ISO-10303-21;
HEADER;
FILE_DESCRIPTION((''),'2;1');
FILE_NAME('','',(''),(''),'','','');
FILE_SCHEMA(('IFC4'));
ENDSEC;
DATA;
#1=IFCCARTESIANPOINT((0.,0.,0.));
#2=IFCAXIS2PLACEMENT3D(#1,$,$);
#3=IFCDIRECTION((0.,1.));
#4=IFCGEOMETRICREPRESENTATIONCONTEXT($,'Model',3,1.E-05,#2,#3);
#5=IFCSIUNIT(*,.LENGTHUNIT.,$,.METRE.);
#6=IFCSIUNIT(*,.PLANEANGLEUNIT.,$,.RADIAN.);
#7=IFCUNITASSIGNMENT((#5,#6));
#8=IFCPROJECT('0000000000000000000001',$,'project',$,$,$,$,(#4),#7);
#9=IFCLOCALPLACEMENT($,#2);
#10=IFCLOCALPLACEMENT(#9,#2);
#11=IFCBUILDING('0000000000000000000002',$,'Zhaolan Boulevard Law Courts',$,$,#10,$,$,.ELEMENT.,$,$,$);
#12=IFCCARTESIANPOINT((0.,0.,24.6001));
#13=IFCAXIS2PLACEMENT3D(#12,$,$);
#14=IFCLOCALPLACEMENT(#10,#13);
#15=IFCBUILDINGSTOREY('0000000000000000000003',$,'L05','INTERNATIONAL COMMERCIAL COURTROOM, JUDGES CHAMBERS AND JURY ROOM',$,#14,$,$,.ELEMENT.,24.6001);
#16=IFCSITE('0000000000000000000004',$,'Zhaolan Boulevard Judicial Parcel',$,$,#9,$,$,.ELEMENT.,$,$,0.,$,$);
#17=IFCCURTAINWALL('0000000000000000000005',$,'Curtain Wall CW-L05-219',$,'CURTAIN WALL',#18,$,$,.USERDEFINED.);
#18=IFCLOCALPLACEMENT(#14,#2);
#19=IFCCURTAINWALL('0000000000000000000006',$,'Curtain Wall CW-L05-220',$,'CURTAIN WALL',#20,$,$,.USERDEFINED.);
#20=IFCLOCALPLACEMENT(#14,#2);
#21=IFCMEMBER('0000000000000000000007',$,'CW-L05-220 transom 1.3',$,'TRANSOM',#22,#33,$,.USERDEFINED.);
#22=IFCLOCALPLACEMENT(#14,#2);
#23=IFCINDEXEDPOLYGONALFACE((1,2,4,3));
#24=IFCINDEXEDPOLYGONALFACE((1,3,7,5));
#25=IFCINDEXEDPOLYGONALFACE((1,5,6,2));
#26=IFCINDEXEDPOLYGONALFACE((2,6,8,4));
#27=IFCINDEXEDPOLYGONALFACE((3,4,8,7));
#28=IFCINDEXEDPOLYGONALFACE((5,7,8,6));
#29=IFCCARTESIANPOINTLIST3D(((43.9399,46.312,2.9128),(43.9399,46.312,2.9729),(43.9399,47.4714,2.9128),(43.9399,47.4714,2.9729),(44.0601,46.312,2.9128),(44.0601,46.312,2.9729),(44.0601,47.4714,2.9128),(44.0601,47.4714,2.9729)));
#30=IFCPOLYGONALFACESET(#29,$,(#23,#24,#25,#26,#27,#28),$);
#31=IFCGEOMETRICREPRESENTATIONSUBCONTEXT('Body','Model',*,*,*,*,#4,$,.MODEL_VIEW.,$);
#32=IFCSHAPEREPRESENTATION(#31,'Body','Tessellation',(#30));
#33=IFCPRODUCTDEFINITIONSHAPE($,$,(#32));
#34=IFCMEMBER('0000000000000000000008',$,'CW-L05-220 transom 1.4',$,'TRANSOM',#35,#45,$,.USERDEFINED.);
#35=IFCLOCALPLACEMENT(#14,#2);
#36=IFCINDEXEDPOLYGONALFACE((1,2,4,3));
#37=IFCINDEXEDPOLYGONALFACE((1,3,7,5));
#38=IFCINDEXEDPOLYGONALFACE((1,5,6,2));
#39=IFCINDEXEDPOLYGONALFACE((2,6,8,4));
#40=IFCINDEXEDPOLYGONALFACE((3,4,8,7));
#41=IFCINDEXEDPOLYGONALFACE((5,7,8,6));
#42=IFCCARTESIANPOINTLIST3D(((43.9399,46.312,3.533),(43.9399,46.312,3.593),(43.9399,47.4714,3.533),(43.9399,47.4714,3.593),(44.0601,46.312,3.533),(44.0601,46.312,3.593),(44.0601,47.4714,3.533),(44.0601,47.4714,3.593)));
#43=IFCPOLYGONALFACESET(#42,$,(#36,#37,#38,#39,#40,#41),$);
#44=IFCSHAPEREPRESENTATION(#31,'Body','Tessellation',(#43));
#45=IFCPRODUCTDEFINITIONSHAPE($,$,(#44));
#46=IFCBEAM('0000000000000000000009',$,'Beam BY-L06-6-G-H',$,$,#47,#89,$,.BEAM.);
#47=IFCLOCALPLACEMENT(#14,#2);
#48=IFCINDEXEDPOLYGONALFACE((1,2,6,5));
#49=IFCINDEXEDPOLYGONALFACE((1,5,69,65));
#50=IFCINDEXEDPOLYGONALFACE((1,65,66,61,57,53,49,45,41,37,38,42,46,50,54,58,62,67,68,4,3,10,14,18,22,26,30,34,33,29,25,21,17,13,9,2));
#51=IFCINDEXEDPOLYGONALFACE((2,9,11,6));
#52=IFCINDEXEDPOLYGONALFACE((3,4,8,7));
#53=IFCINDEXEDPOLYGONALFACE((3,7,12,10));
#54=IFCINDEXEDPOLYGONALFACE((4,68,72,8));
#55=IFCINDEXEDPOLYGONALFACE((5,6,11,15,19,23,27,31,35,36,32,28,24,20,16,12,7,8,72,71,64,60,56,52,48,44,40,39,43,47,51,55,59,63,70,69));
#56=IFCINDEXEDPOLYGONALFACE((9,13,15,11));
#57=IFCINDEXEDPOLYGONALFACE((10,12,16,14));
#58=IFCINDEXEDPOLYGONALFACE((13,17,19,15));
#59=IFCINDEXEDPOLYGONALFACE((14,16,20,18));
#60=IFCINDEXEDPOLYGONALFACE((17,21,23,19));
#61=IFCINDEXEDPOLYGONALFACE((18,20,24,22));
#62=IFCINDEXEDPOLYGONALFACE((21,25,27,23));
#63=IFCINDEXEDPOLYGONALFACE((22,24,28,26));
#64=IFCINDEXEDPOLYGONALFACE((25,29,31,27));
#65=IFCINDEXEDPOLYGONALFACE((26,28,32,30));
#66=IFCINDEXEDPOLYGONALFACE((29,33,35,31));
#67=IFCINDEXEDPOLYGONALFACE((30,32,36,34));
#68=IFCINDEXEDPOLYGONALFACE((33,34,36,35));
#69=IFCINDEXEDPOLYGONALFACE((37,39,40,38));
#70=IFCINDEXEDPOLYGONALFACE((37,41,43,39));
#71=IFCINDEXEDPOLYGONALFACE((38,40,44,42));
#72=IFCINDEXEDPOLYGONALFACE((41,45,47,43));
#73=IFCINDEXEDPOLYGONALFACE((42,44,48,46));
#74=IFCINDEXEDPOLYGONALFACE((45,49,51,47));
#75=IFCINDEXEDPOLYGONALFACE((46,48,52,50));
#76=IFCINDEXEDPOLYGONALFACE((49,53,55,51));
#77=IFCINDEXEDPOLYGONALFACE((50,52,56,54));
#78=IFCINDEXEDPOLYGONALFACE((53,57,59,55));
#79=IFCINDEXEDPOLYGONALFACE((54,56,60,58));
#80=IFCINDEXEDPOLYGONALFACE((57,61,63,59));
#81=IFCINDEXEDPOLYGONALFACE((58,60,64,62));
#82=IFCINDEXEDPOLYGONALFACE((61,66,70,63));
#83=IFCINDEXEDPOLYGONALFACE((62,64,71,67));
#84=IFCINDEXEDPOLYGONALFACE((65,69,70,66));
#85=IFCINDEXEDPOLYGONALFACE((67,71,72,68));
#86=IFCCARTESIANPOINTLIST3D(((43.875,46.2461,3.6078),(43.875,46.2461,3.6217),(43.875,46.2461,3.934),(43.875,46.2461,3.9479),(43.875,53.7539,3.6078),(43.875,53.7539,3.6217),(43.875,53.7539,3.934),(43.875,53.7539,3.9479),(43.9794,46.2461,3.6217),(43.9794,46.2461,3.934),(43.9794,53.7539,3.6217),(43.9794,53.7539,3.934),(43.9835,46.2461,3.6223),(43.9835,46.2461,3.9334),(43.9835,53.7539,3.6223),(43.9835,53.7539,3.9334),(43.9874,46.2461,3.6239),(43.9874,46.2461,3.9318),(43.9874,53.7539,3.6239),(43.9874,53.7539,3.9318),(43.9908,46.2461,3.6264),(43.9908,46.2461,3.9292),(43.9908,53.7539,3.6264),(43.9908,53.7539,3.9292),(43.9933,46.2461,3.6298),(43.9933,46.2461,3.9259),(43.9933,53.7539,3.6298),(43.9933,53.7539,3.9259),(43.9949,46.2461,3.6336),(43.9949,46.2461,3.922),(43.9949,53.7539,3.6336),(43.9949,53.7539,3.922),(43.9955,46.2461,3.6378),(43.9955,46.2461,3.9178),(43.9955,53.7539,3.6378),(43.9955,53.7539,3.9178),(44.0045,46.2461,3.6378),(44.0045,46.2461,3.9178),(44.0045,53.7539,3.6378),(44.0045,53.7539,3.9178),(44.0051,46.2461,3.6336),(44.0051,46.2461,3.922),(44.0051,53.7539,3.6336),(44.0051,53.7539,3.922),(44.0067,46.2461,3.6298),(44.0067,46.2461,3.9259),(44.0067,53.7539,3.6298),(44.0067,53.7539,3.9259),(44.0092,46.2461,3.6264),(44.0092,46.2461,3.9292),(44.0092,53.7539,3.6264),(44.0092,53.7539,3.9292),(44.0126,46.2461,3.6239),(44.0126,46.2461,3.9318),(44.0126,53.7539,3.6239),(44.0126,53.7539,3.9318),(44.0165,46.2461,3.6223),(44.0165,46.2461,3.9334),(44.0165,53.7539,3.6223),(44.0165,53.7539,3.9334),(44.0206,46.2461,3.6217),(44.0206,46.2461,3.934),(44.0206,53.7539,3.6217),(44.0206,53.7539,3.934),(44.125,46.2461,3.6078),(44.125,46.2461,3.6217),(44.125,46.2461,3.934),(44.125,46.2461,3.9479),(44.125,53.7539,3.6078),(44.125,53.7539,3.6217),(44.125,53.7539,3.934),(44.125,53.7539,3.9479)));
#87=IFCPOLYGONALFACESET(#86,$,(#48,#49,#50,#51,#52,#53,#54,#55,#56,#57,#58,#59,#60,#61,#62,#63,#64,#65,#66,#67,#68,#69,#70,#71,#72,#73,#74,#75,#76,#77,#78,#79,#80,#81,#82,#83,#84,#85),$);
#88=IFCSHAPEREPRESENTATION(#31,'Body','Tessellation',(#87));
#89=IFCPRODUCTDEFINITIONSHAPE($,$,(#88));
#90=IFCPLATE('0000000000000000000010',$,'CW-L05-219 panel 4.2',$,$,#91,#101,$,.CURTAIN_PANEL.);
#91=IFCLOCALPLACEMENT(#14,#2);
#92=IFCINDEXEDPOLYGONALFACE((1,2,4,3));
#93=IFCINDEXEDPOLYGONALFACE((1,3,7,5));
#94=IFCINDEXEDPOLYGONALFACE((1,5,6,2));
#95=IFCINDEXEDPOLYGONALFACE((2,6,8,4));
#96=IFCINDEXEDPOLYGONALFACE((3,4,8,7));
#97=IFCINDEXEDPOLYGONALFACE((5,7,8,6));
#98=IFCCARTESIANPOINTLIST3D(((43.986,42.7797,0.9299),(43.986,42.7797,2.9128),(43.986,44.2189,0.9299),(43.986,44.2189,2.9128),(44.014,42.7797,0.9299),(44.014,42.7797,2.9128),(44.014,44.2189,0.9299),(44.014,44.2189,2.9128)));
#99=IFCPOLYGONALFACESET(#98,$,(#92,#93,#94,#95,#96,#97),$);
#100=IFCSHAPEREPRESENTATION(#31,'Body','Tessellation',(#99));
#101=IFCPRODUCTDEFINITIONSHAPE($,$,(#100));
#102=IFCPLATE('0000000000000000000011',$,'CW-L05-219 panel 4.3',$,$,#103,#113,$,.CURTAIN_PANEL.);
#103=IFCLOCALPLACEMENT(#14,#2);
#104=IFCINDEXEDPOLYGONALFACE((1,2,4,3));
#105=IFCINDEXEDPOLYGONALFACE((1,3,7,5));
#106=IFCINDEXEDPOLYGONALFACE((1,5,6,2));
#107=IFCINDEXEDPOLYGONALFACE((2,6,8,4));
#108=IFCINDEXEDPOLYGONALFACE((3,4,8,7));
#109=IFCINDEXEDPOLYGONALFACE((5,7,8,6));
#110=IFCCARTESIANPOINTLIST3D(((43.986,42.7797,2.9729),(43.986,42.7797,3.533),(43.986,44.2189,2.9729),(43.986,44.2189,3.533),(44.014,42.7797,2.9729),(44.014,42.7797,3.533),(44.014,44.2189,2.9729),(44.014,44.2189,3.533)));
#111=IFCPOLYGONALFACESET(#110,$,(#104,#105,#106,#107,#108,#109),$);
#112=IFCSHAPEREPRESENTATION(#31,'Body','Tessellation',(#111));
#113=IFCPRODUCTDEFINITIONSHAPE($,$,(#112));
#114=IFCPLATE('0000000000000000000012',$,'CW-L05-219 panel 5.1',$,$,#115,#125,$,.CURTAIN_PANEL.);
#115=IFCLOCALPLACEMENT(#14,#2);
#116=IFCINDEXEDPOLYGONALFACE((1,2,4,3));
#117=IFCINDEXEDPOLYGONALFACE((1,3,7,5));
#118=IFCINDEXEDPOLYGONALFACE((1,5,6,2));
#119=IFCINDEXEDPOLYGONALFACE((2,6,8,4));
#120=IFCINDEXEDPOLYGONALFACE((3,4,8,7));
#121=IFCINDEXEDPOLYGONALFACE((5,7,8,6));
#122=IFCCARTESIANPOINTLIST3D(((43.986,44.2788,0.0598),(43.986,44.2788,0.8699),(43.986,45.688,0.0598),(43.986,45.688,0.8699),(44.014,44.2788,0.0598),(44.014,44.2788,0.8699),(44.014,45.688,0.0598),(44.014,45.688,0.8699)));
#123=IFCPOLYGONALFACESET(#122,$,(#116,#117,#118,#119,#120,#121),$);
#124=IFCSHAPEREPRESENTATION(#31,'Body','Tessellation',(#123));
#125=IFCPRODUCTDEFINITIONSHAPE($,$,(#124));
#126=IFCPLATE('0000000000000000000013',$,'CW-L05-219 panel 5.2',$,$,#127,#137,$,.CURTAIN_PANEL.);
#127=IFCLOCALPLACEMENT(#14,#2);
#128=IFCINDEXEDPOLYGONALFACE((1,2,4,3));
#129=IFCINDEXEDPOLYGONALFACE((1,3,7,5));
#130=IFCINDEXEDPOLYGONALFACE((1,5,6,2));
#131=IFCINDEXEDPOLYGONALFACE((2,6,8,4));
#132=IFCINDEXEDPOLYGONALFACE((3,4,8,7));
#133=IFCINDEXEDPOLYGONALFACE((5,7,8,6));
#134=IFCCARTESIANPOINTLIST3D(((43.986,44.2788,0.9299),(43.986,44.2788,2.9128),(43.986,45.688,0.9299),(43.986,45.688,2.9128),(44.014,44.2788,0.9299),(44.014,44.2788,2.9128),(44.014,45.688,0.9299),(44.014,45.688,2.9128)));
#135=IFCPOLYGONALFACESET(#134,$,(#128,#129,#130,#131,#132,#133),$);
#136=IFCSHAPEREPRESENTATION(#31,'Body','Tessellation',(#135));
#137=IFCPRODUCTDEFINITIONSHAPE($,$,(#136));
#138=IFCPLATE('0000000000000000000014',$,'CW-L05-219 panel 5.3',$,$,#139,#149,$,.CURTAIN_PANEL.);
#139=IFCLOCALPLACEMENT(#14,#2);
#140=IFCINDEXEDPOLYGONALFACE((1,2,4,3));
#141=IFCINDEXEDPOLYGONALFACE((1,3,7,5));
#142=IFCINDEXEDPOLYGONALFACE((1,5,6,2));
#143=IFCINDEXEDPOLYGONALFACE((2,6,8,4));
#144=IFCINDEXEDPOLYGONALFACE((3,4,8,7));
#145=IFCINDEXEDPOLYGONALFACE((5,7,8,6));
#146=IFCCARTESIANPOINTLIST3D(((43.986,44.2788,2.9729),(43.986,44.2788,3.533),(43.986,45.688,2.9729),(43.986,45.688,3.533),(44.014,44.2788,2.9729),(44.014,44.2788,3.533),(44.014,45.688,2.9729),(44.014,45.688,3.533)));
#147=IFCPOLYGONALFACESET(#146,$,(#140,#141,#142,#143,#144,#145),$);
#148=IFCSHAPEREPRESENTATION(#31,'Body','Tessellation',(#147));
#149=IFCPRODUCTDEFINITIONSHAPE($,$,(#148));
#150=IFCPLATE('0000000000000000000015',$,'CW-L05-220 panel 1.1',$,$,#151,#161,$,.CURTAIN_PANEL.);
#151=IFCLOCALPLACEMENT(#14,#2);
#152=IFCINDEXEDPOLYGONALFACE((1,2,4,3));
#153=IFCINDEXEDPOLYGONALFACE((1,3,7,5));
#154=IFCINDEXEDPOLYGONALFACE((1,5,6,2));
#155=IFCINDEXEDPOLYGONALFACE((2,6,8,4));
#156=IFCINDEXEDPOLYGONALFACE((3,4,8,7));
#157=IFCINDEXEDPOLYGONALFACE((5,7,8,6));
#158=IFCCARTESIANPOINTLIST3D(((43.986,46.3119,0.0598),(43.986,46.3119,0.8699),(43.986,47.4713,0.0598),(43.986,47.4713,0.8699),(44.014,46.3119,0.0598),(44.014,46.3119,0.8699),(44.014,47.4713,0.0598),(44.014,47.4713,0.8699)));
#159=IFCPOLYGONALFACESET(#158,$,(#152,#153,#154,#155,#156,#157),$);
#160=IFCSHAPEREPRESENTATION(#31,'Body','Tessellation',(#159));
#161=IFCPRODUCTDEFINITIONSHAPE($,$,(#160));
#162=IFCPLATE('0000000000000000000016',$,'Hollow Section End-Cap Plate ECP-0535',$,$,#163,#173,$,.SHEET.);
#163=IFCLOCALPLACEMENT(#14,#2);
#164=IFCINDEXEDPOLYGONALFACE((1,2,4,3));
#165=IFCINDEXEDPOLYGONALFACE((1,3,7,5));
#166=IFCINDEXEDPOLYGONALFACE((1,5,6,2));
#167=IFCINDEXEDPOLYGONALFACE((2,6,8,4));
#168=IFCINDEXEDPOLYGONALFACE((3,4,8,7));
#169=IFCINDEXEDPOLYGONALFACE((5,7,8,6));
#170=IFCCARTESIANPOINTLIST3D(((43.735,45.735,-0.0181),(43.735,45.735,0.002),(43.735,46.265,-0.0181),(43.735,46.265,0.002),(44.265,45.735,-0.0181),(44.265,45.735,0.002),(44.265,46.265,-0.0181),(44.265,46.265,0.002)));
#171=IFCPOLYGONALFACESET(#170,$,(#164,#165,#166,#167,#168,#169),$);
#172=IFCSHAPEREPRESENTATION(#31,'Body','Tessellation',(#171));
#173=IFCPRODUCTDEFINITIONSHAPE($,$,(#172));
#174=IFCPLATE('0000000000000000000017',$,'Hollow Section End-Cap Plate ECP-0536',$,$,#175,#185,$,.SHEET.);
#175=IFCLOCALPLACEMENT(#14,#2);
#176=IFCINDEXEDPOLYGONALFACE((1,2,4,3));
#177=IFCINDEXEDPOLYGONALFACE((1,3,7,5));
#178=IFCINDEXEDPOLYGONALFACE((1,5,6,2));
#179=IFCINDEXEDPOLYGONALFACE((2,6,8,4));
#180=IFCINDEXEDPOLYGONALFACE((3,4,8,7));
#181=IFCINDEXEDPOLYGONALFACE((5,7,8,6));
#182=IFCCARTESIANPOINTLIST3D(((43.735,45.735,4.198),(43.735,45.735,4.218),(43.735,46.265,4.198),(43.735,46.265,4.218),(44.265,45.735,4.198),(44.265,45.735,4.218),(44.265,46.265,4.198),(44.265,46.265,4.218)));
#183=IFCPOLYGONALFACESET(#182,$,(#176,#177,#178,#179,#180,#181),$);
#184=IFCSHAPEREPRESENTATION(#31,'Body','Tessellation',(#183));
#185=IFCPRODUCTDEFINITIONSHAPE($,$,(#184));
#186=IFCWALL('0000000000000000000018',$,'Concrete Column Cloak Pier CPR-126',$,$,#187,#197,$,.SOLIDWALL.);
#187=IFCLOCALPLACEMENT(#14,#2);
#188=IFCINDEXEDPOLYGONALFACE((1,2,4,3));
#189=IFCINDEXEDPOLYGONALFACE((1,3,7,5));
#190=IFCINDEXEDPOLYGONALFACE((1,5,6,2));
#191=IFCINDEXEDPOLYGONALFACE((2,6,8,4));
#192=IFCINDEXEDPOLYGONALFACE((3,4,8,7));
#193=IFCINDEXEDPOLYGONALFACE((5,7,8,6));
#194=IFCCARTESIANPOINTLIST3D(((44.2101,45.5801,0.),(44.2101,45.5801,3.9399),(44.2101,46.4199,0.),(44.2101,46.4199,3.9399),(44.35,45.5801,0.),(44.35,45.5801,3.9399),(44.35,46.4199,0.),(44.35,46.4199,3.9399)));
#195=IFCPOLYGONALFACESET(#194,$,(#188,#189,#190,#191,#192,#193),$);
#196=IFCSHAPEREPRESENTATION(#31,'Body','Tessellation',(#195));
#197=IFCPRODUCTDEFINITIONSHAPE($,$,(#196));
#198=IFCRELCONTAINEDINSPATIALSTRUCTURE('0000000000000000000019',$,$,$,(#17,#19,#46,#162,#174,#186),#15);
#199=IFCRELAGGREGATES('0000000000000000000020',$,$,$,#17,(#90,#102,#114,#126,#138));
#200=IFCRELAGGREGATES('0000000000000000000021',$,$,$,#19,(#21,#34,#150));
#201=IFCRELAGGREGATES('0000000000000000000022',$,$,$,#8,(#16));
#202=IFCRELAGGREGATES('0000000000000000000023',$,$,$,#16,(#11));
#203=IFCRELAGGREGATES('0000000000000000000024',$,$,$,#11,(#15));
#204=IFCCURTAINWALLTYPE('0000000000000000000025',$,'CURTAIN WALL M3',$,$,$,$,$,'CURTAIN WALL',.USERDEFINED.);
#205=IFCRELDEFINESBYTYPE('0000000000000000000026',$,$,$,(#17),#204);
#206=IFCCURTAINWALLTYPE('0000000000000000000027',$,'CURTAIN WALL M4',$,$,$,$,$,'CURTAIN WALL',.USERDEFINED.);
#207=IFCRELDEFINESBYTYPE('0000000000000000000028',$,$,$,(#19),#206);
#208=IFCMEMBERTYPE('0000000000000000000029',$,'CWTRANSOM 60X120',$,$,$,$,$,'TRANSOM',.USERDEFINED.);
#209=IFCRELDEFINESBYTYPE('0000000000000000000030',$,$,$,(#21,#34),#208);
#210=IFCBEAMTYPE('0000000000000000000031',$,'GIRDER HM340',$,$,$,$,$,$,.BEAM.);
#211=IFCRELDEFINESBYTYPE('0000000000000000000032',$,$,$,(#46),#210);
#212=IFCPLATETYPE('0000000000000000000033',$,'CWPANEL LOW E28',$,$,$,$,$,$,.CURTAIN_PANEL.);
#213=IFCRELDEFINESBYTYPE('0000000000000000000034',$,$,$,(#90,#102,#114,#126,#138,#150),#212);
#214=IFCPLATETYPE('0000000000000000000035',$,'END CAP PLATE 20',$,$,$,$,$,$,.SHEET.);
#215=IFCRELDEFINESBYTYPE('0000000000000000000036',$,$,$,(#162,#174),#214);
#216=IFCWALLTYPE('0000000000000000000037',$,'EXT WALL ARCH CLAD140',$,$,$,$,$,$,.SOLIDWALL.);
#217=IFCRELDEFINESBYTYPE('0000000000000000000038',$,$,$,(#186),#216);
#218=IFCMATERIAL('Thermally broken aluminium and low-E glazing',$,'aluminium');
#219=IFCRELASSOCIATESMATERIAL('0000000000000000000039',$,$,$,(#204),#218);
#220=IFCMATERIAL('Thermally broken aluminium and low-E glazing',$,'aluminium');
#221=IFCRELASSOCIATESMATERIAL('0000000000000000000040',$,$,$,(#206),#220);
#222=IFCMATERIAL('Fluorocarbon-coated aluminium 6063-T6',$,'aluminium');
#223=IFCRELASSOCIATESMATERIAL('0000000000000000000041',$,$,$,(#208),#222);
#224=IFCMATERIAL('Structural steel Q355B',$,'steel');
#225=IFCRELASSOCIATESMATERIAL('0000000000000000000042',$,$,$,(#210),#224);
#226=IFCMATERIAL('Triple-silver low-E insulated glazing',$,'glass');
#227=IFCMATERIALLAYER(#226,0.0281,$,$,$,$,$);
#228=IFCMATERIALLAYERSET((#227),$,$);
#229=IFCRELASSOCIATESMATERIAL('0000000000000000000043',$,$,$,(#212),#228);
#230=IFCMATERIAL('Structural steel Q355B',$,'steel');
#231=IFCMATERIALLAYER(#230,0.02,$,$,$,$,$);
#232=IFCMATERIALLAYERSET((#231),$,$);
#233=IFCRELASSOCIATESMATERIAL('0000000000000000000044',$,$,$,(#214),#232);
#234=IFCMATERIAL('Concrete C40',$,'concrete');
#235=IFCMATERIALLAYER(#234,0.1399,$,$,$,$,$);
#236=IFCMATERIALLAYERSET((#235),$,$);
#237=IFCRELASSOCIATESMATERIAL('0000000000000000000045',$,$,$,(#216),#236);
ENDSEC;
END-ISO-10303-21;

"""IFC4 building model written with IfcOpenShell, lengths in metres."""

from ifc_helpers import new_model, si_unit, direction, frame, frame_2d, origin, origin_2d, place, context, subcontext, project, spatial, rectangle, i_section, extrude, material, layer, layer_set, material_profile, profile_set, type_object, element, aggregate, save


model = new_model("IFC4")

# Units and contexts
model_context = context("Model", 3, precision=1e-05, world=origin(), true_north=direction((0.0, 1.0)))
body_context = subcontext(model_context, "Body", "Model", "MODEL_VIEW")
ifc_project = project(units=[si_unit("LENGTHUNIT", "METRE"), si_unit("PLANEANGLEUNIT", "RADIAN")], contexts=[model_context])

# Site, building, storey
site_placement = place(None, origin())
site = spatial("IfcSite", under=ifc_project, at=site_placement, Name="Zhaolan Boulevard Judicial Parcel", CompositionType="ELEMENT", RefElevation=0.0)
building_placement = place(site_placement, origin())
building = spatial("IfcBuilding", under=site, at=building_placement, Name="Zhaolan Boulevard Law Courts", CompositionType="ELEMENT")
storey_placement = place(building_placement, frame((0.0, 0.0, 24.6001)))
storey = spatial("IfcBuildingStorey", under=building, at=storey_placement, Name="L05", Description="INTERNATIONAL COMMERCIAL COURTROOM, JUDGES CHAMBERS AND JURY ROOM", CompositionType="ELEMENT", Elevation=24.6001)

# Curtain wall
ifc_material_1 = material(Name="Thermally broken aluminium and low-E glazing", Category="aluminium")
curtain_wall_type_1 = type_object("IfcCurtainWallType", Name="CURTAIN WALL M3", ElementType="CURTAIN WALL", PredefinedType="USERDEFINED", material=ifc_material_1)
curtain_wall_1_placement = place(storey_placement, origin())
curtain_wall_1 = element("IfcCurtainWall", 1, at=curtain_wall_1_placement, inside=storey, type_object=curtain_wall_type_1, Name="Curtain Wall CW-L05-219", ObjectType="CURTAIN WALL", PredefinedType="USERDEFINED")

# Curtain wall
ifc_material_2 = material(Name="Thermally broken aluminium and low-E glazing", Category="aluminium")
curtain_wall_type_2 = type_object("IfcCurtainWallType", Name="CURTAIN WALL M4", ElementType="CURTAIN WALL", PredefinedType="USERDEFINED", material=ifc_material_2)
curtain_wall_2_placement = place(storey_placement, origin())
curtain_wall_2 = element("IfcCurtainWall", 2, at=curtain_wall_2_placement, inside=storey, type_object=curtain_wall_type_2, Name="Curtain Wall CW-L05-220", ObjectType="CURTAIN WALL", PredefinedType="USERDEFINED")

# Members
ifc_material_3 = material(Name="Fluorocarbon-coated aluminium 6063-T6", Category="aluminium")
ifc_material_profile_1 = material_profile(ifc_material_3, rectangle(XDim=0.1201, YDim=0.0601, at=origin_2d()), Name="AL60x120")
ifc_profile_set_1 = profile_set([ifc_material_profile_1], Name="Fluorocarbon-coated aluminium 6063-T6")
member_type_1 = type_object("IfcMemberType", Name="CWTRANSOM 60X120", ElementType="TRANSOM", PredefinedType="USERDEFINED", material=ifc_profile_set_1)
member_1_placement = place(storey_placement, frame((44.0, 46.312, 2.9429), z_axis=(0.0, 1.0, 0.0), x_axis=(-1.0, 0.0, 0.0)))
member_1 = element("IfcMember", 3, at=member_1_placement, type_object=member_type_1, Name="CW-L05-220 transom 1.3", ObjectType="TRANSOM", PredefinedType="USERDEFINED", context=body_context, shape_type="SweptSolid", body=[
    extrude(rectangle(XDim=0.1201, YDim=0.0601, at=origin_2d()), origin(), (0.0, 0.0, 1.0), 1.1594),
])
member_2_placement = place(storey_placement, frame((44.0, 46.312, 3.563), z_axis=(0.0, 1.0, 0.0), x_axis=(-1.0, 0.0, 0.0)))
member_2 = element("IfcMember", 4, at=member_2_placement, type_object=member_type_1, Name="CW-L05-220 transom 1.4", ObjectType="TRANSOM", PredefinedType="USERDEFINED", context=body_context, shape_type="SweptSolid", body=[
    extrude(rectangle(XDim=0.1201, YDim=0.0601, at=origin_2d()), origin(), (0.0, 0.0, 1.0), 1.1594),
])

# Beam
ifc_material_4 = material(Name="Structural steel Q355B", Category="steel")
ifc_material_profile_2 = material_profile(ifc_material_4, i_section(OverallWidth=0.25, OverallDepth=0.3401, WebThickness=0.009, FlangeThickness=0.0139, FilletRadius=0.0161, at=origin_2d()), Name="HM340x250")
ifc_profile_set_2 = profile_set([ifc_material_profile_2], Name="Structural steel Q355B")
beam_type = type_object("IfcBeamType", Name="GIRDER HM340", PredefinedType="BEAM", material=ifc_profile_set_2)
beam_placement = place(storey_placement, frame((44.0, 46.2461, 3.7778), z_axis=(0.0, 1.0, 0.0), x_axis=(-1.0, 0.0, 0.0)))
element("IfcBeam", 5, at=beam_placement, inside=storey, type_object=beam_type, Name="Beam BY-L06-6-G-H", PredefinedType="BEAM", context=body_context, shape_type="SweptSolid", body=[
    extrude(i_section(OverallWidth=0.25, OverallDepth=0.3401, WebThickness=0.009, FlangeThickness=0.0139, FilletRadius=0.0161, at=origin_2d()), origin(), (0.0, 0.0, 1.0), 7.5078),
])

# Plates
ifc_material_5 = material(Name="Triple-silver low-E insulated glazing", Category="glass")
ifc_layer_1 = layer(ifc_material_5, 0.0281)
ifc_layer_set_1 = layer_set([ifc_layer_1])
plate_type_1 = type_object("IfcPlateType", Name="CWPANEL LOW E28", PredefinedType="CURTAIN_PANEL", material=ifc_layer_set_1)
plate_1_placement = place(storey_placement, frame((44.0, 43.4993, 0.9299), z_axis=(0.0, 0.0, 1.0), x_axis=(0.0, 1.0, 0.0)))
plate_1 = element("IfcPlate", 6, at=plate_1_placement, type_object=plate_type_1, Name="CW-L05-219 panel 4.2", PredefinedType="CURTAIN_PANEL", context=body_context, shape_type="SweptSolid", body=[
    extrude(rectangle(XDim=1.4392, YDim=0.0281, at=origin_2d()), origin(), (0.0, 0.0, 1.0), 1.9829),
])
plate_2_placement = place(storey_placement, frame((44.0, 43.4993, 2.9729), z_axis=(0.0, 0.0, 1.0), x_axis=(0.0, 1.0, 0.0)))
plate_2 = element("IfcPlate", 7, at=plate_2_placement, type_object=plate_type_1, Name="CW-L05-219 panel 4.3", PredefinedType="CURTAIN_PANEL", context=body_context, shape_type="SweptSolid", body=[
    extrude(rectangle(XDim=1.4392, YDim=0.0281, at=origin_2d()), origin(), (0.0, 0.0, 1.0), 0.5601),
])
plate_3_placement = place(storey_placement, frame((44.0, 44.9834, 0.0598), z_axis=(0.0, 0.0, 1.0), x_axis=(0.0, 1.0, 0.0)))
plate_3 = element("IfcPlate", 8, at=plate_3_placement, type_object=plate_type_1, Name="CW-L05-219 panel 5.1", PredefinedType="CURTAIN_PANEL", context=body_context, shape_type="SweptSolid", body=[
    extrude(rectangle(XDim=1.4092, YDim=0.0281, at=origin_2d()), origin(), (0.0, 0.0, 1.0), 0.8101),
])
plate_4_placement = place(storey_placement, frame((44.0, 44.9834, 0.9299), z_axis=(0.0, 0.0, 1.0), x_axis=(0.0, 1.0, 0.0)))
plate_4 = element("IfcPlate", 9, at=plate_4_placement, type_object=plate_type_1, Name="CW-L05-219 panel 5.2", PredefinedType="CURTAIN_PANEL", context=body_context, shape_type="SweptSolid", body=[
    extrude(rectangle(XDim=1.4092, YDim=0.0281, at=origin_2d()), origin(), (0.0, 0.0, 1.0), 1.9829),
])
plate_5_placement = place(storey_placement, frame((44.0, 44.9834, 2.9729), z_axis=(0.0, 0.0, 1.0), x_axis=(0.0, 1.0, 0.0)))
plate_5 = element("IfcPlate", 10, at=plate_5_placement, type_object=plate_type_1, Name="CW-L05-219 panel 5.3", PredefinedType="CURTAIN_PANEL", context=body_context, shape_type="SweptSolid", body=[
    extrude(rectangle(XDim=1.4092, YDim=0.0281, at=origin_2d()), origin(), (0.0, 0.0, 1.0), 0.5601),
])
aggregate(curtain_wall_1, [plate_1, plate_2, plate_3, plate_4, plate_5])
plate_6_placement = place(storey_placement, frame((44.0, 46.8916, 0.0598), z_axis=(0.0, 0.0, 1.0), x_axis=(0.0, 1.0, 0.0)))
plate_6 = element("IfcPlate", 11, at=plate_6_placement, type_object=plate_type_1, Name="CW-L05-220 panel 1.1", PredefinedType="CURTAIN_PANEL", context=body_context, shape_type="SweptSolid", body=[
    extrude(rectangle(XDim=1.1594, YDim=0.0281, at=origin_2d()), origin(), (0.0, 0.0, 1.0), 0.8101),
])
aggregate(curtain_wall_2, [member_1, member_2, plate_6])

# Plates
ifc_material_6 = material(Name="Structural steel Q355B", Category="steel")
ifc_layer_2 = layer(ifc_material_6, 0.02)
ifc_layer_set_2 = layer_set([ifc_layer_2])
plate_type_2 = type_object("IfcPlateType", Name="END CAP PLATE 20", PredefinedType="SHEET", material=ifc_layer_set_2)
for number, where, z_axis, x_axis, name in (
    (12, (44.0, 46.0, -0.0181), (0.0, 0.0, 1.0), (1.0, 0.0, 0.0), "Hollow Section End-Cap Plate ECP-0535"),
    (13, (44.0, 46.0, 4.198), (0.0, 0.0, 1.0), (1.0, 0.0, 0.0), "Hollow Section End-Cap Plate ECP-0536"),
):
    element("IfcPlate", number, at=place(storey_placement, frame(where, z_axis=z_axis, x_axis=x_axis)), inside=storey, type_object=plate_type_2, Name=name, PredefinedType="SHEET", context=body_context, shape_type="SweptSolid", body=[
        extrude(rectangle(XDim=0.53, YDim=0.53, at=origin_2d()), origin(), (0.0, 0.0, 1.0), 0.02),
    ])

# Wall
ifc_material_7 = material(Name="Concrete C40", Category="concrete")
ifc_layer_3 = layer(ifc_material_7, 0.1399)
ifc_layer_set_3 = layer_set([ifc_layer_3])
wall_type = type_object("IfcWallType", Name="EXT WALL ARCH CLAD140", PredefinedType="SOLIDWALL", material=ifc_layer_set_3)
wall_placement = place(storey_placement, frame((44.28, 45.5801, 0.0), z_axis=(0.0, 0.0, 1.0), x_axis=(0.0, 1.0, 0.0)))
element("IfcWall", 14, at=wall_placement, inside=storey, type_object=wall_type, Name="Concrete Column Cloak Pier CPR-126", PredefinedType="SOLIDWALL", context=body_context, shape_type="SweptSolid", body=[
    extrude(rectangle(XDim=0.8398, YDim=0.1399, at=frame_2d((0.4199, 0.0))), origin(), (0.0, 0.0, 1.0), 3.9399),
])

save(model, "model.ifc")
